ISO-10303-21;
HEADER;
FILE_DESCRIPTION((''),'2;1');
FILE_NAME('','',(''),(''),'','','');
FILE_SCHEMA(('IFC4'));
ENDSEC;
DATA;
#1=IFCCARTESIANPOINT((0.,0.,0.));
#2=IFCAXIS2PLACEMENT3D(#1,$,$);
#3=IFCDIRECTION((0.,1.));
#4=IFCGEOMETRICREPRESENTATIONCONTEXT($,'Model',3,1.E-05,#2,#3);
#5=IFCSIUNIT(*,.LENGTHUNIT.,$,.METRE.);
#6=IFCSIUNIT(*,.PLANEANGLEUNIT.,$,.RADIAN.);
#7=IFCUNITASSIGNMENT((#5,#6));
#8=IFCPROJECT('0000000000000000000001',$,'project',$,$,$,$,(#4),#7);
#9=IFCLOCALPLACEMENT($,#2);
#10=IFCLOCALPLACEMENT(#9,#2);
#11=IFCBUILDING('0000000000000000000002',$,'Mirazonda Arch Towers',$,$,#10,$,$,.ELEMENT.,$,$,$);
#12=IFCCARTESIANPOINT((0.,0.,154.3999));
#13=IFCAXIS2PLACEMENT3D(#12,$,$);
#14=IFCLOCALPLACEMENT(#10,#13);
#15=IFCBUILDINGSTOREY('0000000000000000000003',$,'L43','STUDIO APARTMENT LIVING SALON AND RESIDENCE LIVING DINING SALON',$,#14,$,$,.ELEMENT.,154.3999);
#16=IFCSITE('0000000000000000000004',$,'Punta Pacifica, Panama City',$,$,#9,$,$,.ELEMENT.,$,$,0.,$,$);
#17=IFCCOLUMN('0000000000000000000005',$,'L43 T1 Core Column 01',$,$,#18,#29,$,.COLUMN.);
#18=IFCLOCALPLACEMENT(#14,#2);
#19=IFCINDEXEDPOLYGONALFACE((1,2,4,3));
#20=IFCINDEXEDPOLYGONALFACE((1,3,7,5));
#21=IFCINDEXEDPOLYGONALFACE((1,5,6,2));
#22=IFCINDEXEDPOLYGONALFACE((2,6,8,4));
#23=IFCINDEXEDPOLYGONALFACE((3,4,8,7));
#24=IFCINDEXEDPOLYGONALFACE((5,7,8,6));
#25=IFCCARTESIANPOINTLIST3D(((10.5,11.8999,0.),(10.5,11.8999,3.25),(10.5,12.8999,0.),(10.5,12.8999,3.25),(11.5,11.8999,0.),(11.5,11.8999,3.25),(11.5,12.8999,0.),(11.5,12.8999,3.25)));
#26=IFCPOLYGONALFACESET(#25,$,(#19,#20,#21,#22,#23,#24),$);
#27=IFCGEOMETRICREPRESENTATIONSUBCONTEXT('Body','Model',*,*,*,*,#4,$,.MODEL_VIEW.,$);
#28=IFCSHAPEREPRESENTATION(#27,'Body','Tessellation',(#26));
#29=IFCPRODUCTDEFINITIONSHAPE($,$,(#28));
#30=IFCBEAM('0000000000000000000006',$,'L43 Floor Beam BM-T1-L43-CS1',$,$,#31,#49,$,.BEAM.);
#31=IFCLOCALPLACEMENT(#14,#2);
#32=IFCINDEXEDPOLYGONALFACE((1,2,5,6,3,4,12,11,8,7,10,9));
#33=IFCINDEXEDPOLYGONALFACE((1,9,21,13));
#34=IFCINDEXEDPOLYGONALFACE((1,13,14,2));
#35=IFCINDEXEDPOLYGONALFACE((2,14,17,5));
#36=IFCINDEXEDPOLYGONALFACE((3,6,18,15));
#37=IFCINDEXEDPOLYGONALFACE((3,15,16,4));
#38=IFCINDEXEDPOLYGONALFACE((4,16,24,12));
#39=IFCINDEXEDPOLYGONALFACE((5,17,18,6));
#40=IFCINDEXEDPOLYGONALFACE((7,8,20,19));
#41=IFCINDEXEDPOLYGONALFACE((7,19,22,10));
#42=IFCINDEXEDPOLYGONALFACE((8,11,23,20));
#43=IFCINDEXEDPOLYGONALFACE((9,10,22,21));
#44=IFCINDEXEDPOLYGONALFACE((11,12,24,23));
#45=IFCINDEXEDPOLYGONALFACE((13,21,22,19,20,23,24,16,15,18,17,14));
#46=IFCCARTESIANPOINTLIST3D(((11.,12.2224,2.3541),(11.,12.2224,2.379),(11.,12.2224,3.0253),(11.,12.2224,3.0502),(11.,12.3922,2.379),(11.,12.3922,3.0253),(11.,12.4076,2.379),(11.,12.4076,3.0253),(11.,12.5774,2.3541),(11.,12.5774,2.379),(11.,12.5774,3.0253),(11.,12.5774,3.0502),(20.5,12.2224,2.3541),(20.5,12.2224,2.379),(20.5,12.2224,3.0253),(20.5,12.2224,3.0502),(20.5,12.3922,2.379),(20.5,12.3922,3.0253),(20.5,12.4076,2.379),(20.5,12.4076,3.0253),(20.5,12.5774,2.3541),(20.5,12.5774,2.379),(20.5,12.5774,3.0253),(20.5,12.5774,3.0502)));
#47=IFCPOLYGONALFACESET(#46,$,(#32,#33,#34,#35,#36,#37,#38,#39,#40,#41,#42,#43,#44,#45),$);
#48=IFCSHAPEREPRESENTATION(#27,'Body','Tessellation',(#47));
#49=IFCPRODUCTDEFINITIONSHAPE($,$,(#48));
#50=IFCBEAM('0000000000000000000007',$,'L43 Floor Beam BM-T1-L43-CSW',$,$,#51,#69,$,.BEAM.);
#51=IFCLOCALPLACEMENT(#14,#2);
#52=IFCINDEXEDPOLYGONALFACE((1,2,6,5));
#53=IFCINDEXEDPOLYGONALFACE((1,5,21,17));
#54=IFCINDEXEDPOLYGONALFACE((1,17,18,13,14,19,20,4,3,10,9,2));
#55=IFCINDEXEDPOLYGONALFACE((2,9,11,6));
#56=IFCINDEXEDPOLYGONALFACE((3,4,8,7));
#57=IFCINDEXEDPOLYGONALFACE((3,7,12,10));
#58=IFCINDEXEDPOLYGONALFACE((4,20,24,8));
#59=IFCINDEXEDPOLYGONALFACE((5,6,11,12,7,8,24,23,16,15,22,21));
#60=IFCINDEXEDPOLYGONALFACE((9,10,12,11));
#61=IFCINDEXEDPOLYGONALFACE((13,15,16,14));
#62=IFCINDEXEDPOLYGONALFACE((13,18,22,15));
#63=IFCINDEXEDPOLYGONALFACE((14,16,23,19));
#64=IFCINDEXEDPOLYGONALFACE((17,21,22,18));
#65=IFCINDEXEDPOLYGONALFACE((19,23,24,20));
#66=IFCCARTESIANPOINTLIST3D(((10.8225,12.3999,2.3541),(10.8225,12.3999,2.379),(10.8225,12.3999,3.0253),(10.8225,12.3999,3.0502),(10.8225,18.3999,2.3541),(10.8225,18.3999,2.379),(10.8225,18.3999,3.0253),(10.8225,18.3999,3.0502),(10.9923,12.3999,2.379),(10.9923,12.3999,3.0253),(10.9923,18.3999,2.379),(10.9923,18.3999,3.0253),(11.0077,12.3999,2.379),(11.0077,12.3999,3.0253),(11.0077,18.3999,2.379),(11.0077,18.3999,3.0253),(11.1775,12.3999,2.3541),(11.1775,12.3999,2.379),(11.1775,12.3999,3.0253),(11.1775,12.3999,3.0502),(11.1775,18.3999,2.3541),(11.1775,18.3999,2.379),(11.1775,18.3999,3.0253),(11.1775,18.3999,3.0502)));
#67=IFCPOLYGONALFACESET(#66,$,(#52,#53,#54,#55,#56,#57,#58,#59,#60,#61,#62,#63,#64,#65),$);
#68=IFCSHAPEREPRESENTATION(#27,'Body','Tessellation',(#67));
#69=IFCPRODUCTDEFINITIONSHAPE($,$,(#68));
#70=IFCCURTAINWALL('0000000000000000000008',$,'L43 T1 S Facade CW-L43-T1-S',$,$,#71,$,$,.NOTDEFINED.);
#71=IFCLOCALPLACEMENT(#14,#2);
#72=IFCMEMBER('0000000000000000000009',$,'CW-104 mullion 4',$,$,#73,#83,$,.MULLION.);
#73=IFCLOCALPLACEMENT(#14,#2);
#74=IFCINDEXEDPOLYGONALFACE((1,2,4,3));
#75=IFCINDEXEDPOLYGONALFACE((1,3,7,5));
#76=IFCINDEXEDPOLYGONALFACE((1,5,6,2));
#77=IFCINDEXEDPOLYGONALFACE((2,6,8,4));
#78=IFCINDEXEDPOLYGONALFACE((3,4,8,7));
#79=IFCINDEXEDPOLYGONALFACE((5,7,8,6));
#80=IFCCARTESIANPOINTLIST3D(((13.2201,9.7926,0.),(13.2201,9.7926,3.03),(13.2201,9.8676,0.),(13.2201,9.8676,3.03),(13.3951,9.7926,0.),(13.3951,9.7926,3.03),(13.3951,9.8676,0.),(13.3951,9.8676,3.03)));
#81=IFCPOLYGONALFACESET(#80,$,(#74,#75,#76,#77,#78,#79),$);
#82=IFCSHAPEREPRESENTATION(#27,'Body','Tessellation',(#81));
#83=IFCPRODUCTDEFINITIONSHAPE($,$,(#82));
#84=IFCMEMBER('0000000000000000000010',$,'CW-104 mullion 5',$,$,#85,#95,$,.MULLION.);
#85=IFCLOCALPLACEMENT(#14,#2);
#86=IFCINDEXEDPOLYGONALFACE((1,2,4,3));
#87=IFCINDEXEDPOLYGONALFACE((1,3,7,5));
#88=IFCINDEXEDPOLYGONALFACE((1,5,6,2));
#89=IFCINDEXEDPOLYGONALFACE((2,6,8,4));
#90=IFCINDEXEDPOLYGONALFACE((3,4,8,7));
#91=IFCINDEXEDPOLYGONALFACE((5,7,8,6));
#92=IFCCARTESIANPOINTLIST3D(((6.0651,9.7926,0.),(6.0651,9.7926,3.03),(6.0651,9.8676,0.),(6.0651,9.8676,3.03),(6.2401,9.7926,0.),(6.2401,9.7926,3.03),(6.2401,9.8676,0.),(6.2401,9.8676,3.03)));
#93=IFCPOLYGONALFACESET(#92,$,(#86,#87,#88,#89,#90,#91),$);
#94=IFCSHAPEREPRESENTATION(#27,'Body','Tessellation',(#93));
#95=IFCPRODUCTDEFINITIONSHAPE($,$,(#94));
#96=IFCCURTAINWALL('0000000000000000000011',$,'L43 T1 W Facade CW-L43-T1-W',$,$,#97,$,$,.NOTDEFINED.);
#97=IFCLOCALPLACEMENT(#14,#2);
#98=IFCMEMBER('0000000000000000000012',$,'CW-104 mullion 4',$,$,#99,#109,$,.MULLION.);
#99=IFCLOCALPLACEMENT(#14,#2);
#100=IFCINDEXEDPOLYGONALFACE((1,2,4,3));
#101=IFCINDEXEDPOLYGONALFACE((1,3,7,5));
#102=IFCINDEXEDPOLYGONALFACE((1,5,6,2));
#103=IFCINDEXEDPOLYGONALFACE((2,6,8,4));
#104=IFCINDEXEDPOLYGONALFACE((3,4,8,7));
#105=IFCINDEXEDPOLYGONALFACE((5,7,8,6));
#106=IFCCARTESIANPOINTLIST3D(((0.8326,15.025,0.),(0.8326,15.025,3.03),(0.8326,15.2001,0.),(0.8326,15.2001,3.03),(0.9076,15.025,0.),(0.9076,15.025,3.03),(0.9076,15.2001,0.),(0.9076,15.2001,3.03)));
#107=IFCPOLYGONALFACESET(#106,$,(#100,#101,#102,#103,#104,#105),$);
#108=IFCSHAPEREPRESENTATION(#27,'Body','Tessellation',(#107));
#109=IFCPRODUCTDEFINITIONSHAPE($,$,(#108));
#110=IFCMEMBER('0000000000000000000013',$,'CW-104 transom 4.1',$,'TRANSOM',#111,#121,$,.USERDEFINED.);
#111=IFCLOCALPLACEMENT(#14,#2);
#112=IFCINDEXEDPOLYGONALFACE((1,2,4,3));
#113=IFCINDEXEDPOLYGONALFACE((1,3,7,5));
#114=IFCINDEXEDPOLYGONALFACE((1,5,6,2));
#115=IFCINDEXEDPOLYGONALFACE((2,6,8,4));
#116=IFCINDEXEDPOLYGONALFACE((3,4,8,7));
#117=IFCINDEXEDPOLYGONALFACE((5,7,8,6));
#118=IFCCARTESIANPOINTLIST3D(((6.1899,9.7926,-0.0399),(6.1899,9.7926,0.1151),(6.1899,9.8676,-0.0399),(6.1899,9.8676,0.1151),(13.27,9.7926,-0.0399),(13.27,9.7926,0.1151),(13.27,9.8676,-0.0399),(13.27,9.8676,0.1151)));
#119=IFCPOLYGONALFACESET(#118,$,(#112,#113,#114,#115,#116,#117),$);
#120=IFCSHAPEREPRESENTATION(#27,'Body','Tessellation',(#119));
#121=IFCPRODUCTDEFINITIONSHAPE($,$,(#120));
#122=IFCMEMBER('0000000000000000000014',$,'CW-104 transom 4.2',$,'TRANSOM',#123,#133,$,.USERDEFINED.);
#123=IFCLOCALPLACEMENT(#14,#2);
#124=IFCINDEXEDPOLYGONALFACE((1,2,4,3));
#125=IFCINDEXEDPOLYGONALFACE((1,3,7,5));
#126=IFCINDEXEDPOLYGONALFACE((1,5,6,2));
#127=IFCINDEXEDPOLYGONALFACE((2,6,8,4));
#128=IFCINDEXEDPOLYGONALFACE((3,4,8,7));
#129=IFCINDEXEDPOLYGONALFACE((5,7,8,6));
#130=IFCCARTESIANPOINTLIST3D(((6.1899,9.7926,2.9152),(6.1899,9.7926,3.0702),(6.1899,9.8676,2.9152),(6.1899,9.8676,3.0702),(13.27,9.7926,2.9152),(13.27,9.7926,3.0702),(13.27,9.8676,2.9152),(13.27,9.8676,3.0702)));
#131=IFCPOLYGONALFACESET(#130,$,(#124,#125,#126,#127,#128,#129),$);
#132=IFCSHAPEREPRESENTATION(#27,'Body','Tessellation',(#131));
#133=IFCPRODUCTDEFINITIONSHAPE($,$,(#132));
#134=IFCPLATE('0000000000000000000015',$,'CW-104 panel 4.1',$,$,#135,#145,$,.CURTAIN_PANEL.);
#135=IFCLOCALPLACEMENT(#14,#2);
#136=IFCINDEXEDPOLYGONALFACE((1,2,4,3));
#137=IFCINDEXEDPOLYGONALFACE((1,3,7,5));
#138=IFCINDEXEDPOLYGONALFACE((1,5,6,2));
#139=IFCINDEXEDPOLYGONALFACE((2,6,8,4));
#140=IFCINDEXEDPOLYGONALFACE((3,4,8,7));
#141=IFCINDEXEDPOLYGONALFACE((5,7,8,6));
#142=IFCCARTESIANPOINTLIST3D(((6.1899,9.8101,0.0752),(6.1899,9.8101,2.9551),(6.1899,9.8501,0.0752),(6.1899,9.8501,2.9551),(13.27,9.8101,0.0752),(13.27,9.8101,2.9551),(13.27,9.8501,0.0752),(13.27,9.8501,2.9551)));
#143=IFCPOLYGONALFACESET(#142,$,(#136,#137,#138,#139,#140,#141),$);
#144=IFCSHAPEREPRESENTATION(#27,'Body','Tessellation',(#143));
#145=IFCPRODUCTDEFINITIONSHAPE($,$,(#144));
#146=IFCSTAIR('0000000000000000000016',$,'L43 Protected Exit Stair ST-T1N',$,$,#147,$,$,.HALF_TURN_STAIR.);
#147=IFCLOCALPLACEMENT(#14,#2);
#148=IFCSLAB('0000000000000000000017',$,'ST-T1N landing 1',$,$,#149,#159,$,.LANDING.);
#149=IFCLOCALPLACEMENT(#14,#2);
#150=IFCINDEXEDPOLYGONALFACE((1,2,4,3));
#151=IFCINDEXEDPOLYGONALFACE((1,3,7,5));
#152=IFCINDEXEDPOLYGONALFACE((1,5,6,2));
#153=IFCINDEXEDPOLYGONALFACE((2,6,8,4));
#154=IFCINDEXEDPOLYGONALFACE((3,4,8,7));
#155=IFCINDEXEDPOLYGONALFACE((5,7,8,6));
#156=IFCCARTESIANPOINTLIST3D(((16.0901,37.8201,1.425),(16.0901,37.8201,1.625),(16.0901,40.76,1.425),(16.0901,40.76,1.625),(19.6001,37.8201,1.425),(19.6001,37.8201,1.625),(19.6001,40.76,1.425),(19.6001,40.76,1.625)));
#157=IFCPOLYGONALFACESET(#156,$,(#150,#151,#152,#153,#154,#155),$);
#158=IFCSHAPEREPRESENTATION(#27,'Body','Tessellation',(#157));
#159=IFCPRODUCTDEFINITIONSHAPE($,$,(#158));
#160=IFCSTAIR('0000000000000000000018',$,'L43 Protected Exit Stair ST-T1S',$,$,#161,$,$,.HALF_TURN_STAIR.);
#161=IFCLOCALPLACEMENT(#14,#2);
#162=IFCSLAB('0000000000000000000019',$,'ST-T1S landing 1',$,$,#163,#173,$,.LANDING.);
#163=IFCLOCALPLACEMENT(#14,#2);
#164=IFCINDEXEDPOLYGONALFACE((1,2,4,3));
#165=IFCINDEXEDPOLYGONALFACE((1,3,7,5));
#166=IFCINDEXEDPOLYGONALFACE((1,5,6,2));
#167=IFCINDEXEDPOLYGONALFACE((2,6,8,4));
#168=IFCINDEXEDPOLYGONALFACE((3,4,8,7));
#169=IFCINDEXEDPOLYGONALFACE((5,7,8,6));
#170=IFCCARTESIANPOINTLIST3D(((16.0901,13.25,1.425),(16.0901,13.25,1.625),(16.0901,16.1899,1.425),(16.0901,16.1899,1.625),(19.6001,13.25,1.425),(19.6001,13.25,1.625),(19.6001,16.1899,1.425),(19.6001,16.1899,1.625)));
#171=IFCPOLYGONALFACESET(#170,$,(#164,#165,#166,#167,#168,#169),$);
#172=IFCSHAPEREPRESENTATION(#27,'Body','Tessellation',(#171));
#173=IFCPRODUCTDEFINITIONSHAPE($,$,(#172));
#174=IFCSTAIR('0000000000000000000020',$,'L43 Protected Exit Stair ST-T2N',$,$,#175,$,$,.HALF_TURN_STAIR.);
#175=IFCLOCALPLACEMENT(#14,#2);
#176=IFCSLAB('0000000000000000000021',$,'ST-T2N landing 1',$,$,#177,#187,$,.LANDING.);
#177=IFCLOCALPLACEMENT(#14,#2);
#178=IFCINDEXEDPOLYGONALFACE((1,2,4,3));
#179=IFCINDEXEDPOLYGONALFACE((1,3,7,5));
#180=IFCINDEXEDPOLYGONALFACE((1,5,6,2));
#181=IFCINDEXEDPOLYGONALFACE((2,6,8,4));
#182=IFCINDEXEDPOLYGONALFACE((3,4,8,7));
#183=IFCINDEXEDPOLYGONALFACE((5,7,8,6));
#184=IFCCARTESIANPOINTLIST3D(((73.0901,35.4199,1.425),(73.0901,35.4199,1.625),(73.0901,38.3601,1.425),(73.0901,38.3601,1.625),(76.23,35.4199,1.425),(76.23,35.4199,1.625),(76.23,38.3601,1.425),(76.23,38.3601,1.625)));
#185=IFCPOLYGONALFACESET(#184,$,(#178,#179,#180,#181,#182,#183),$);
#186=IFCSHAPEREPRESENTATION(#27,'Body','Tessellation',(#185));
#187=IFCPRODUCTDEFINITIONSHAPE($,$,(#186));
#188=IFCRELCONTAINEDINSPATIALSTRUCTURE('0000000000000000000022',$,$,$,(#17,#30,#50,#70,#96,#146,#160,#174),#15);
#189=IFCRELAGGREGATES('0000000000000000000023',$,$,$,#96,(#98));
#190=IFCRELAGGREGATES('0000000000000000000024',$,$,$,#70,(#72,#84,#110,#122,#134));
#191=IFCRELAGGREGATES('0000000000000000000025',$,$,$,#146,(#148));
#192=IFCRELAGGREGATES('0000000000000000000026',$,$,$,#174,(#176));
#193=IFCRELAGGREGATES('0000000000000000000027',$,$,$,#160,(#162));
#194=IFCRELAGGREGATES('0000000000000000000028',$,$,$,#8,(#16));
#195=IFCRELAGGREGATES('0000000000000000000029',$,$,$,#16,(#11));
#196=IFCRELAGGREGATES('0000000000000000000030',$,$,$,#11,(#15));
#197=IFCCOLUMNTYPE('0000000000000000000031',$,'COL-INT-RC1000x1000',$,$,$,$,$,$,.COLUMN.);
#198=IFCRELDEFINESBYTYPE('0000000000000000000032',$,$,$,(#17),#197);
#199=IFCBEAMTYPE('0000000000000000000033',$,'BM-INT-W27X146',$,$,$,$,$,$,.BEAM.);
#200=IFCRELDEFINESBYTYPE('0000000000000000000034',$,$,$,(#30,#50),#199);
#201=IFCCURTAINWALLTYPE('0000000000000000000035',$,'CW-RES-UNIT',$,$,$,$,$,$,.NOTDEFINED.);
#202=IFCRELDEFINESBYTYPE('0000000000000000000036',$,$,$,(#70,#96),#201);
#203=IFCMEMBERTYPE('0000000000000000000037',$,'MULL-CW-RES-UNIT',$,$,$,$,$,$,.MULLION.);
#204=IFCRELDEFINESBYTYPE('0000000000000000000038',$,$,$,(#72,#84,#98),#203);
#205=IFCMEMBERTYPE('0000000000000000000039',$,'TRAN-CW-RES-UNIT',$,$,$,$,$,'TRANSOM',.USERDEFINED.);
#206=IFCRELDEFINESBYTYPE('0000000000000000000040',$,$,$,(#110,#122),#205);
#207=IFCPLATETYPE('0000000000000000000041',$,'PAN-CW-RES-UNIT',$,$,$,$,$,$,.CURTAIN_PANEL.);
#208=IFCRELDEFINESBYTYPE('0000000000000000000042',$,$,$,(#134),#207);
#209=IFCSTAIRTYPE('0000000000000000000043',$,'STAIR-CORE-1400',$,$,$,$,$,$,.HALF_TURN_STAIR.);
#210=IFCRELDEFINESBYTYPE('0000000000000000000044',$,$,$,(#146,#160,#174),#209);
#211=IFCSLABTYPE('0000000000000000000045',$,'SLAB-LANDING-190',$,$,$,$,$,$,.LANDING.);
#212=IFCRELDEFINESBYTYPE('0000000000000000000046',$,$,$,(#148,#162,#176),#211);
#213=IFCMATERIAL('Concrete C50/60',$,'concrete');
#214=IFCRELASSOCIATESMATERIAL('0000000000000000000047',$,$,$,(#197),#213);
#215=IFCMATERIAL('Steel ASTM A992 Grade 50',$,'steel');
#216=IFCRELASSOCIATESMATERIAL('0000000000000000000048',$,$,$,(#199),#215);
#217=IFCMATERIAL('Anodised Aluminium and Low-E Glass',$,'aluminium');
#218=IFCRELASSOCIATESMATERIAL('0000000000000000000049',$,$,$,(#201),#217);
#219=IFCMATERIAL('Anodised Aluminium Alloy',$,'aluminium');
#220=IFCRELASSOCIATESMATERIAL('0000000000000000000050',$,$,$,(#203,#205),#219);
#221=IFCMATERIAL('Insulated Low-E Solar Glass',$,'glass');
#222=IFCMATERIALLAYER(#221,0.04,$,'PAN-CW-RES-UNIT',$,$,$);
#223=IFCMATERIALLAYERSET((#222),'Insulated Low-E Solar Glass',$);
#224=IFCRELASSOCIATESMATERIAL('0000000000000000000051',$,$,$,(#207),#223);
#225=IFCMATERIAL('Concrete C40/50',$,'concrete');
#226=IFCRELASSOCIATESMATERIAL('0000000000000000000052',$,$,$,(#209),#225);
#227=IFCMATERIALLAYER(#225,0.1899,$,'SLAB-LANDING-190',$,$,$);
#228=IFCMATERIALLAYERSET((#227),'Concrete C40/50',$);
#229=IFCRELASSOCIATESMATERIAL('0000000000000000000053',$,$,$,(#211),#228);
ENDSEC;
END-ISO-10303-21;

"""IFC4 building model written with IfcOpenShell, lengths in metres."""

from ifc_helpers import new_model, si_unit, direction, frame, origin, origin_2d, place, context, subcontext, project, spatial, polyline, rectangle, i_section, outline, extrude, material, layer, layer_set, material_profile, profile_set, type_object, element, aggregate, save


model = new_model("IFC4")

# Units and contexts
model_context = context("Model", 3, precision=1e-05, world=origin(), true_north=direction((0.0, 1.0)))
body_context = subcontext(model_context, "Body", "Model", "MODEL_VIEW")
ifc_project = project(units=[si_unit("LENGTHUNIT", "METRE"), si_unit("PLANEANGLEUNIT", "RADIAN")], contexts=[model_context])

# Site, building, storey
site_placement = place(None, origin())
site = spatial("IfcSite", under=ifc_project, at=site_placement, Name="Punta Pacifica, Panama City", CompositionType="ELEMENT", RefElevation=0.0)
building_placement = place(site_placement, origin())
building = spatial("IfcBuilding", under=site, at=building_placement, Name="Mirazonda Arch Towers", CompositionType="ELEMENT")
storey_placement = place(building_placement, frame((0.0, 0.0, 154.3999)))
storey = spatial("IfcBuildingStorey", under=building, at=storey_placement, Name="L43", Description="STUDIO APARTMENT LIVING SALON AND RESIDENCE LIVING DINING SALON", CompositionType="ELEMENT", Elevation=154.3999)

# Column
ifc_material_1 = material(Name="Concrete C50/60", Category="concrete")
ifc_material_profile_1 = material_profile(ifc_material_1, rectangle(XDim=1.0, YDim=1.0, at=origin_2d()), Name="RC1000x1000")
ifc_profile_set_1 = profile_set([ifc_material_profile_1], Name="Concrete C50/60")
column_type = type_object("IfcColumnType", Name="COL-INT-RC1000x1000", PredefinedType="COLUMN", material=ifc_profile_set_1)
column_placement = place(storey_placement, frame((11.0, 12.3999, 0.0), z_axis=(0.0, 0.0, 1.0), x_axis=(1.0, 0.0, 0.0)))
element("IfcColumn", 1, at=column_placement, inside=storey, type_object=column_type, Name="L43 T1 Core Column 01", PredefinedType="COLUMN", context=body_context, shape_type="SweptSolid", body=[
    extrude(rectangle(XDim=1.0, YDim=1.0, at=origin_2d()), origin(), (0.0, 0.0, 1.0), 3.25),
])

# Beams
ifc_material_2 = material(Name="Steel ASTM A992 Grade 50", Category="steel")
ifc_material_profile_2 = material_profile(ifc_material_2, i_section(OverallWidth=0.355, OverallDepth=0.696, WebThickness=0.0154, FlangeThickness=0.0249, at=origin_2d()), Name="W27X146")
ifc_profile_set_2 = profile_set([ifc_material_profile_2], Name="Steel ASTM A992 Grade 50")
beam_type = type_object("IfcBeamType", Name="BM-INT-W27X146", PredefinedType="BEAM", material=ifc_profile_set_2)
beam_1_placement = place(storey_placement, frame((11.0, 12.3999, 2.7021), z_axis=(1.0, 0.0, 0.0), x_axis=(0.0, 1.0, 0.0)))
element("IfcBeam", 2, at=beam_1_placement, inside=storey, type_object=beam_type, Name="L43 Floor Beam BM-T1-L43-CS1", PredefinedType="BEAM", context=body_context, shape_type="SweptSolid", body=[
    extrude(i_section(OverallWidth=0.355, OverallDepth=0.696, WebThickness=0.0154, FlangeThickness=0.0249, at=origin_2d()), origin(), (0.0, 0.0, 1.0), 9.5),
])
beam_2_placement = place(storey_placement, frame((11.0, 12.3999, 2.7021), z_axis=(0.0, 1.0, 0.0), x_axis=(-1.0, 0.0, 0.0)))
element("IfcBeam", 3, at=beam_2_placement, inside=storey, type_object=beam_type, Name="L43 Floor Beam BM-T1-L43-CSW", PredefinedType="BEAM", context=body_context, shape_type="SweptSolid", body=[
    extrude(i_section(OverallWidth=0.355, OverallDepth=0.696, WebThickness=0.0154, FlangeThickness=0.0249, at=origin_2d()), origin(), (0.0, 0.0, 1.0), 6.0),
])

# Curtain wall, members
ifc_material_3 = material(Name="Anodised Aluminium and Low-E Glass", Category="aluminium")
curtain_wall_type = type_object("IfcCurtainWallType", Name="CW-RES-UNIT", PredefinedType="NOTDEFINED", material=ifc_material_3)
curtain_wall_1_placement = place(storey_placement, origin())
curtain_wall_1 = element("IfcCurtainWall", 4, at=curtain_wall_1_placement, inside=storey, type_object=curtain_wall_type, Name="L43 T1 S Facade CW-L43-T1-S", PredefinedType="NOTDEFINED")
ifc_material_4 = material(Name="Anodised Aluminium Alloy", Category="aluminium")
ifc_material_profile_3 = material_profile(ifc_material_4, rectangle(XDim=0.075, YDim=0.175, at=origin_2d()), Name="ALU-MULL-75x175")
ifc_profile_set_3 = profile_set([ifc_material_profile_3], Name="Anodised Aluminium Alloy")
member_type_1 = type_object("IfcMemberType", Name="MULL-CW-RES-UNIT", PredefinedType="MULLION", material=ifc_profile_set_3)
member_1_placement = place(storey_placement, frame((13.3076, 9.8301, 0.0), z_axis=(0.0, 0.0, 1.0), x_axis=(0.0, -1.0, 0.0)))
member_1 = element("IfcMember", 5, at=member_1_placement, type_object=member_type_1, Name="CW-104 mullion 4", PredefinedType="MULLION", context=body_context, shape_type="SweptSolid", body=[
    extrude(rectangle(XDim=0.075, YDim=0.175, at=origin_2d()), origin(), (0.0, 0.0, 1.0), 3.03),
])
member_2_placement = place(storey_placement, frame((6.1526, 9.8301, 0.0), z_axis=(0.0, 0.0, 1.0), x_axis=(0.0, -1.0, 0.0)))
member_2 = element("IfcMember", 6, at=member_2_placement, type_object=member_type_1, Name="CW-104 mullion 5", PredefinedType="MULLION", context=body_context, shape_type="SweptSolid", body=[
    extrude(rectangle(XDim=0.075, YDim=0.175, at=origin_2d()), origin(), (0.0, 0.0, 1.0), 3.03),
])

# Curtain wall, member
curtain_wall_2_placement = place(storey_placement, origin())
curtain_wall_2 = element("IfcCurtainWall", 7, at=curtain_wall_2_placement, inside=storey, type_object=curtain_wall_type, Name="L43 T1 W Facade CW-L43-T1-W", PredefinedType="NOTDEFINED")
member_3_placement = place(storey_placement, frame((0.8701, 15.1125, 0.0), z_axis=(0.0, 0.0, 1.0), x_axis=(1.0, 0.0, 0.0)))
member_3 = element("IfcMember", 8, at=member_3_placement, type_object=member_type_1, Name="CW-104 mullion 4", PredefinedType="MULLION", context=body_context, shape_type="SweptSolid", body=[
    extrude(rectangle(XDim=0.075, YDim=0.175, at=origin_2d()), origin(), (0.0, 0.0, 1.0), 3.03),
])
aggregate(curtain_wall_2, [member_3])

# Members
ifc_material_profile_4 = material_profile(ifc_material_4, rectangle(XDim=0.075, YDim=0.155, at=origin_2d()), Name="ALU-TRAN-75x155")
ifc_profile_set_4 = profile_set([ifc_material_profile_4], Name="Anodised Aluminium Alloy")
member_type_2 = type_object("IfcMemberType", Name="TRAN-CW-RES-UNIT", ElementType="TRANSOM", PredefinedType="USERDEFINED", material=ifc_profile_set_4)
member_4_placement = place(storey_placement, frame((13.27, 9.8301, 0.0376), z_axis=(-1.0, 0.0, 0.0), x_axis=(0.0, -1.0, 0.0)))
member_4 = element("IfcMember", 9, at=member_4_placement, type_object=member_type_2, Name="CW-104 transom 4.1", ObjectType="TRANSOM", PredefinedType="USERDEFINED", context=body_context, shape_type="SweptSolid", body=[
    extrude(rectangle(XDim=0.075, YDim=0.155, at=origin_2d()), origin(), (0.0, 0.0, 1.0), 7.0801),
])
member_5_placement = place(storey_placement, frame((13.27, 9.8301, 2.9927), z_axis=(-1.0, 0.0, 0.0), x_axis=(0.0, -1.0, 0.0)))
member_5 = element("IfcMember", 10, at=member_5_placement, type_object=member_type_2, Name="CW-104 transom 4.2", ObjectType="TRANSOM", PredefinedType="USERDEFINED", context=body_context, shape_type="SweptSolid", body=[
    extrude(rectangle(XDim=0.075, YDim=0.155, at=origin_2d()), origin(), (0.0, 0.0, 1.0), 7.0801),
])

# Plate
ifc_material_5 = material(Name="Insulated Low-E Solar Glass", Category="glass")
ifc_layer_1 = layer(ifc_material_5, 0.04, Name="PAN-CW-RES-UNIT")
ifc_layer_set_1 = layer_set([ifc_layer_1], Name="Insulated Low-E Solar Glass")
plate_type = type_object("IfcPlateType", Name="PAN-CW-RES-UNIT", PredefinedType="CURTAIN_PANEL", material=ifc_layer_set_1)
plate_placement = place(storey_placement, frame((9.73, 9.8301, 0.0752), z_axis=(0.0, 0.0, 1.0), x_axis=(-1.0, 0.0, 0.0)))
plate = element("IfcPlate", 11, at=plate_placement, type_object=plate_type, Name="CW-104 panel 4.1", PredefinedType="CURTAIN_PANEL", context=body_context, shape_type="SweptSolid", body=[
    extrude(rectangle(XDim=7.0801, YDim=0.04, at=origin_2d()), origin(), (0.0, 0.0, 1.0), 2.8799),
])
aggregate(curtain_wall_1, [member_1, member_2, member_4, member_5, plate])

# Stairs, slabs
ifc_material_6 = material(Name="Concrete C40/50", Category="concrete")
stair_type = type_object("IfcStairType", Name="STAIR-CORE-1400", PredefinedType="HALF_TURN_STAIR", material=ifc_material_6)
stair_1_placement = place(storey_placement, origin())
stair_1 = element("IfcStair", 12, at=stair_1_placement, inside=storey, type_object=stair_type, Name="L43 Protected Exit Stair ST-T1N", PredefinedType="HALF_TURN_STAIR")
ifc_layer_2 = layer(ifc_material_6, 0.1899, Name="SLAB-LANDING-190")
ifc_layer_set_2 = layer_set([ifc_layer_2], Name="Concrete C40/50")
slab_type_1 = type_object("IfcSlabType", Name="SLAB-LANDING-190", PredefinedType="LANDING", material=ifc_layer_set_2)
slab_1_placement = place(storey_placement, frame((0.0, 0.0, 1.425)))
slab_1 = element("IfcSlab", 13, at=slab_1_placement, type_object=slab_type_1, Name="ST-T1N landing 1", PredefinedType="LANDING", context=body_context, shape_type="SweptSolid", body=[
    extrude(outline(polyline([(16.0901, 37.8201), (19.6001, 37.8201), (19.6001, 40.76), (16.0901, 40.76), (16.0901, 37.8201)])), origin(), (0.0, 0.0, 1.0), 0.2),
])
aggregate(stair_1, [slab_1])
stair_2_placement = place(storey_placement, origin())
stair_2 = element("IfcStair", 14, at=stair_2_placement, inside=storey, type_object=stair_type, Name="L43 Protected Exit Stair ST-T1S", PredefinedType="HALF_TURN_STAIR")
slab_2_placement = place(storey_placement, frame((0.0, 0.0, 1.425)))
slab_2 = element("IfcSlab", 15, at=slab_2_placement, type_object=slab_type_1, Name="ST-T1S landing 1", PredefinedType="LANDING", context=body_context, shape_type="SweptSolid", body=[
    extrude(outline(polyline([(16.0901, 13.25), (19.6001, 13.25), (19.6001, 16.1899), (16.0901, 16.1899), (16.0901, 13.25)])), origin(), (0.0, 0.0, 1.0), 0.2),
])
stair_3_placement = place(storey_placement, origin())
stair_3 = element("IfcStair", 16, at=stair_3_placement, inside=storey, type_object=stair_type, Name="L43 Protected Exit Stair ST-T2N", PredefinedType="HALF_TURN_STAIR")
slab_3_placement = place(storey_placement, frame((0.0, 0.0, 1.425)))
slab_3 = element("IfcSlab", 17, at=slab_3_placement, type_object=slab_type_1, Name="ST-T2N landing 1", PredefinedType="LANDING", context=body_context, shape_type="SweptSolid", body=[
    extrude(outline(polyline([(73.0901, 35.4199), (76.23, 35.4199), (76.23, 38.3601), (73.0901, 38.3601), (73.0901, 35.4199)])), origin(), (0.0, 0.0, 1.0), 0.2),
])
aggregate(stair_3, [slab_3])

aggregate(stair_2, [slab_2])

save(model, "model.ifc")
